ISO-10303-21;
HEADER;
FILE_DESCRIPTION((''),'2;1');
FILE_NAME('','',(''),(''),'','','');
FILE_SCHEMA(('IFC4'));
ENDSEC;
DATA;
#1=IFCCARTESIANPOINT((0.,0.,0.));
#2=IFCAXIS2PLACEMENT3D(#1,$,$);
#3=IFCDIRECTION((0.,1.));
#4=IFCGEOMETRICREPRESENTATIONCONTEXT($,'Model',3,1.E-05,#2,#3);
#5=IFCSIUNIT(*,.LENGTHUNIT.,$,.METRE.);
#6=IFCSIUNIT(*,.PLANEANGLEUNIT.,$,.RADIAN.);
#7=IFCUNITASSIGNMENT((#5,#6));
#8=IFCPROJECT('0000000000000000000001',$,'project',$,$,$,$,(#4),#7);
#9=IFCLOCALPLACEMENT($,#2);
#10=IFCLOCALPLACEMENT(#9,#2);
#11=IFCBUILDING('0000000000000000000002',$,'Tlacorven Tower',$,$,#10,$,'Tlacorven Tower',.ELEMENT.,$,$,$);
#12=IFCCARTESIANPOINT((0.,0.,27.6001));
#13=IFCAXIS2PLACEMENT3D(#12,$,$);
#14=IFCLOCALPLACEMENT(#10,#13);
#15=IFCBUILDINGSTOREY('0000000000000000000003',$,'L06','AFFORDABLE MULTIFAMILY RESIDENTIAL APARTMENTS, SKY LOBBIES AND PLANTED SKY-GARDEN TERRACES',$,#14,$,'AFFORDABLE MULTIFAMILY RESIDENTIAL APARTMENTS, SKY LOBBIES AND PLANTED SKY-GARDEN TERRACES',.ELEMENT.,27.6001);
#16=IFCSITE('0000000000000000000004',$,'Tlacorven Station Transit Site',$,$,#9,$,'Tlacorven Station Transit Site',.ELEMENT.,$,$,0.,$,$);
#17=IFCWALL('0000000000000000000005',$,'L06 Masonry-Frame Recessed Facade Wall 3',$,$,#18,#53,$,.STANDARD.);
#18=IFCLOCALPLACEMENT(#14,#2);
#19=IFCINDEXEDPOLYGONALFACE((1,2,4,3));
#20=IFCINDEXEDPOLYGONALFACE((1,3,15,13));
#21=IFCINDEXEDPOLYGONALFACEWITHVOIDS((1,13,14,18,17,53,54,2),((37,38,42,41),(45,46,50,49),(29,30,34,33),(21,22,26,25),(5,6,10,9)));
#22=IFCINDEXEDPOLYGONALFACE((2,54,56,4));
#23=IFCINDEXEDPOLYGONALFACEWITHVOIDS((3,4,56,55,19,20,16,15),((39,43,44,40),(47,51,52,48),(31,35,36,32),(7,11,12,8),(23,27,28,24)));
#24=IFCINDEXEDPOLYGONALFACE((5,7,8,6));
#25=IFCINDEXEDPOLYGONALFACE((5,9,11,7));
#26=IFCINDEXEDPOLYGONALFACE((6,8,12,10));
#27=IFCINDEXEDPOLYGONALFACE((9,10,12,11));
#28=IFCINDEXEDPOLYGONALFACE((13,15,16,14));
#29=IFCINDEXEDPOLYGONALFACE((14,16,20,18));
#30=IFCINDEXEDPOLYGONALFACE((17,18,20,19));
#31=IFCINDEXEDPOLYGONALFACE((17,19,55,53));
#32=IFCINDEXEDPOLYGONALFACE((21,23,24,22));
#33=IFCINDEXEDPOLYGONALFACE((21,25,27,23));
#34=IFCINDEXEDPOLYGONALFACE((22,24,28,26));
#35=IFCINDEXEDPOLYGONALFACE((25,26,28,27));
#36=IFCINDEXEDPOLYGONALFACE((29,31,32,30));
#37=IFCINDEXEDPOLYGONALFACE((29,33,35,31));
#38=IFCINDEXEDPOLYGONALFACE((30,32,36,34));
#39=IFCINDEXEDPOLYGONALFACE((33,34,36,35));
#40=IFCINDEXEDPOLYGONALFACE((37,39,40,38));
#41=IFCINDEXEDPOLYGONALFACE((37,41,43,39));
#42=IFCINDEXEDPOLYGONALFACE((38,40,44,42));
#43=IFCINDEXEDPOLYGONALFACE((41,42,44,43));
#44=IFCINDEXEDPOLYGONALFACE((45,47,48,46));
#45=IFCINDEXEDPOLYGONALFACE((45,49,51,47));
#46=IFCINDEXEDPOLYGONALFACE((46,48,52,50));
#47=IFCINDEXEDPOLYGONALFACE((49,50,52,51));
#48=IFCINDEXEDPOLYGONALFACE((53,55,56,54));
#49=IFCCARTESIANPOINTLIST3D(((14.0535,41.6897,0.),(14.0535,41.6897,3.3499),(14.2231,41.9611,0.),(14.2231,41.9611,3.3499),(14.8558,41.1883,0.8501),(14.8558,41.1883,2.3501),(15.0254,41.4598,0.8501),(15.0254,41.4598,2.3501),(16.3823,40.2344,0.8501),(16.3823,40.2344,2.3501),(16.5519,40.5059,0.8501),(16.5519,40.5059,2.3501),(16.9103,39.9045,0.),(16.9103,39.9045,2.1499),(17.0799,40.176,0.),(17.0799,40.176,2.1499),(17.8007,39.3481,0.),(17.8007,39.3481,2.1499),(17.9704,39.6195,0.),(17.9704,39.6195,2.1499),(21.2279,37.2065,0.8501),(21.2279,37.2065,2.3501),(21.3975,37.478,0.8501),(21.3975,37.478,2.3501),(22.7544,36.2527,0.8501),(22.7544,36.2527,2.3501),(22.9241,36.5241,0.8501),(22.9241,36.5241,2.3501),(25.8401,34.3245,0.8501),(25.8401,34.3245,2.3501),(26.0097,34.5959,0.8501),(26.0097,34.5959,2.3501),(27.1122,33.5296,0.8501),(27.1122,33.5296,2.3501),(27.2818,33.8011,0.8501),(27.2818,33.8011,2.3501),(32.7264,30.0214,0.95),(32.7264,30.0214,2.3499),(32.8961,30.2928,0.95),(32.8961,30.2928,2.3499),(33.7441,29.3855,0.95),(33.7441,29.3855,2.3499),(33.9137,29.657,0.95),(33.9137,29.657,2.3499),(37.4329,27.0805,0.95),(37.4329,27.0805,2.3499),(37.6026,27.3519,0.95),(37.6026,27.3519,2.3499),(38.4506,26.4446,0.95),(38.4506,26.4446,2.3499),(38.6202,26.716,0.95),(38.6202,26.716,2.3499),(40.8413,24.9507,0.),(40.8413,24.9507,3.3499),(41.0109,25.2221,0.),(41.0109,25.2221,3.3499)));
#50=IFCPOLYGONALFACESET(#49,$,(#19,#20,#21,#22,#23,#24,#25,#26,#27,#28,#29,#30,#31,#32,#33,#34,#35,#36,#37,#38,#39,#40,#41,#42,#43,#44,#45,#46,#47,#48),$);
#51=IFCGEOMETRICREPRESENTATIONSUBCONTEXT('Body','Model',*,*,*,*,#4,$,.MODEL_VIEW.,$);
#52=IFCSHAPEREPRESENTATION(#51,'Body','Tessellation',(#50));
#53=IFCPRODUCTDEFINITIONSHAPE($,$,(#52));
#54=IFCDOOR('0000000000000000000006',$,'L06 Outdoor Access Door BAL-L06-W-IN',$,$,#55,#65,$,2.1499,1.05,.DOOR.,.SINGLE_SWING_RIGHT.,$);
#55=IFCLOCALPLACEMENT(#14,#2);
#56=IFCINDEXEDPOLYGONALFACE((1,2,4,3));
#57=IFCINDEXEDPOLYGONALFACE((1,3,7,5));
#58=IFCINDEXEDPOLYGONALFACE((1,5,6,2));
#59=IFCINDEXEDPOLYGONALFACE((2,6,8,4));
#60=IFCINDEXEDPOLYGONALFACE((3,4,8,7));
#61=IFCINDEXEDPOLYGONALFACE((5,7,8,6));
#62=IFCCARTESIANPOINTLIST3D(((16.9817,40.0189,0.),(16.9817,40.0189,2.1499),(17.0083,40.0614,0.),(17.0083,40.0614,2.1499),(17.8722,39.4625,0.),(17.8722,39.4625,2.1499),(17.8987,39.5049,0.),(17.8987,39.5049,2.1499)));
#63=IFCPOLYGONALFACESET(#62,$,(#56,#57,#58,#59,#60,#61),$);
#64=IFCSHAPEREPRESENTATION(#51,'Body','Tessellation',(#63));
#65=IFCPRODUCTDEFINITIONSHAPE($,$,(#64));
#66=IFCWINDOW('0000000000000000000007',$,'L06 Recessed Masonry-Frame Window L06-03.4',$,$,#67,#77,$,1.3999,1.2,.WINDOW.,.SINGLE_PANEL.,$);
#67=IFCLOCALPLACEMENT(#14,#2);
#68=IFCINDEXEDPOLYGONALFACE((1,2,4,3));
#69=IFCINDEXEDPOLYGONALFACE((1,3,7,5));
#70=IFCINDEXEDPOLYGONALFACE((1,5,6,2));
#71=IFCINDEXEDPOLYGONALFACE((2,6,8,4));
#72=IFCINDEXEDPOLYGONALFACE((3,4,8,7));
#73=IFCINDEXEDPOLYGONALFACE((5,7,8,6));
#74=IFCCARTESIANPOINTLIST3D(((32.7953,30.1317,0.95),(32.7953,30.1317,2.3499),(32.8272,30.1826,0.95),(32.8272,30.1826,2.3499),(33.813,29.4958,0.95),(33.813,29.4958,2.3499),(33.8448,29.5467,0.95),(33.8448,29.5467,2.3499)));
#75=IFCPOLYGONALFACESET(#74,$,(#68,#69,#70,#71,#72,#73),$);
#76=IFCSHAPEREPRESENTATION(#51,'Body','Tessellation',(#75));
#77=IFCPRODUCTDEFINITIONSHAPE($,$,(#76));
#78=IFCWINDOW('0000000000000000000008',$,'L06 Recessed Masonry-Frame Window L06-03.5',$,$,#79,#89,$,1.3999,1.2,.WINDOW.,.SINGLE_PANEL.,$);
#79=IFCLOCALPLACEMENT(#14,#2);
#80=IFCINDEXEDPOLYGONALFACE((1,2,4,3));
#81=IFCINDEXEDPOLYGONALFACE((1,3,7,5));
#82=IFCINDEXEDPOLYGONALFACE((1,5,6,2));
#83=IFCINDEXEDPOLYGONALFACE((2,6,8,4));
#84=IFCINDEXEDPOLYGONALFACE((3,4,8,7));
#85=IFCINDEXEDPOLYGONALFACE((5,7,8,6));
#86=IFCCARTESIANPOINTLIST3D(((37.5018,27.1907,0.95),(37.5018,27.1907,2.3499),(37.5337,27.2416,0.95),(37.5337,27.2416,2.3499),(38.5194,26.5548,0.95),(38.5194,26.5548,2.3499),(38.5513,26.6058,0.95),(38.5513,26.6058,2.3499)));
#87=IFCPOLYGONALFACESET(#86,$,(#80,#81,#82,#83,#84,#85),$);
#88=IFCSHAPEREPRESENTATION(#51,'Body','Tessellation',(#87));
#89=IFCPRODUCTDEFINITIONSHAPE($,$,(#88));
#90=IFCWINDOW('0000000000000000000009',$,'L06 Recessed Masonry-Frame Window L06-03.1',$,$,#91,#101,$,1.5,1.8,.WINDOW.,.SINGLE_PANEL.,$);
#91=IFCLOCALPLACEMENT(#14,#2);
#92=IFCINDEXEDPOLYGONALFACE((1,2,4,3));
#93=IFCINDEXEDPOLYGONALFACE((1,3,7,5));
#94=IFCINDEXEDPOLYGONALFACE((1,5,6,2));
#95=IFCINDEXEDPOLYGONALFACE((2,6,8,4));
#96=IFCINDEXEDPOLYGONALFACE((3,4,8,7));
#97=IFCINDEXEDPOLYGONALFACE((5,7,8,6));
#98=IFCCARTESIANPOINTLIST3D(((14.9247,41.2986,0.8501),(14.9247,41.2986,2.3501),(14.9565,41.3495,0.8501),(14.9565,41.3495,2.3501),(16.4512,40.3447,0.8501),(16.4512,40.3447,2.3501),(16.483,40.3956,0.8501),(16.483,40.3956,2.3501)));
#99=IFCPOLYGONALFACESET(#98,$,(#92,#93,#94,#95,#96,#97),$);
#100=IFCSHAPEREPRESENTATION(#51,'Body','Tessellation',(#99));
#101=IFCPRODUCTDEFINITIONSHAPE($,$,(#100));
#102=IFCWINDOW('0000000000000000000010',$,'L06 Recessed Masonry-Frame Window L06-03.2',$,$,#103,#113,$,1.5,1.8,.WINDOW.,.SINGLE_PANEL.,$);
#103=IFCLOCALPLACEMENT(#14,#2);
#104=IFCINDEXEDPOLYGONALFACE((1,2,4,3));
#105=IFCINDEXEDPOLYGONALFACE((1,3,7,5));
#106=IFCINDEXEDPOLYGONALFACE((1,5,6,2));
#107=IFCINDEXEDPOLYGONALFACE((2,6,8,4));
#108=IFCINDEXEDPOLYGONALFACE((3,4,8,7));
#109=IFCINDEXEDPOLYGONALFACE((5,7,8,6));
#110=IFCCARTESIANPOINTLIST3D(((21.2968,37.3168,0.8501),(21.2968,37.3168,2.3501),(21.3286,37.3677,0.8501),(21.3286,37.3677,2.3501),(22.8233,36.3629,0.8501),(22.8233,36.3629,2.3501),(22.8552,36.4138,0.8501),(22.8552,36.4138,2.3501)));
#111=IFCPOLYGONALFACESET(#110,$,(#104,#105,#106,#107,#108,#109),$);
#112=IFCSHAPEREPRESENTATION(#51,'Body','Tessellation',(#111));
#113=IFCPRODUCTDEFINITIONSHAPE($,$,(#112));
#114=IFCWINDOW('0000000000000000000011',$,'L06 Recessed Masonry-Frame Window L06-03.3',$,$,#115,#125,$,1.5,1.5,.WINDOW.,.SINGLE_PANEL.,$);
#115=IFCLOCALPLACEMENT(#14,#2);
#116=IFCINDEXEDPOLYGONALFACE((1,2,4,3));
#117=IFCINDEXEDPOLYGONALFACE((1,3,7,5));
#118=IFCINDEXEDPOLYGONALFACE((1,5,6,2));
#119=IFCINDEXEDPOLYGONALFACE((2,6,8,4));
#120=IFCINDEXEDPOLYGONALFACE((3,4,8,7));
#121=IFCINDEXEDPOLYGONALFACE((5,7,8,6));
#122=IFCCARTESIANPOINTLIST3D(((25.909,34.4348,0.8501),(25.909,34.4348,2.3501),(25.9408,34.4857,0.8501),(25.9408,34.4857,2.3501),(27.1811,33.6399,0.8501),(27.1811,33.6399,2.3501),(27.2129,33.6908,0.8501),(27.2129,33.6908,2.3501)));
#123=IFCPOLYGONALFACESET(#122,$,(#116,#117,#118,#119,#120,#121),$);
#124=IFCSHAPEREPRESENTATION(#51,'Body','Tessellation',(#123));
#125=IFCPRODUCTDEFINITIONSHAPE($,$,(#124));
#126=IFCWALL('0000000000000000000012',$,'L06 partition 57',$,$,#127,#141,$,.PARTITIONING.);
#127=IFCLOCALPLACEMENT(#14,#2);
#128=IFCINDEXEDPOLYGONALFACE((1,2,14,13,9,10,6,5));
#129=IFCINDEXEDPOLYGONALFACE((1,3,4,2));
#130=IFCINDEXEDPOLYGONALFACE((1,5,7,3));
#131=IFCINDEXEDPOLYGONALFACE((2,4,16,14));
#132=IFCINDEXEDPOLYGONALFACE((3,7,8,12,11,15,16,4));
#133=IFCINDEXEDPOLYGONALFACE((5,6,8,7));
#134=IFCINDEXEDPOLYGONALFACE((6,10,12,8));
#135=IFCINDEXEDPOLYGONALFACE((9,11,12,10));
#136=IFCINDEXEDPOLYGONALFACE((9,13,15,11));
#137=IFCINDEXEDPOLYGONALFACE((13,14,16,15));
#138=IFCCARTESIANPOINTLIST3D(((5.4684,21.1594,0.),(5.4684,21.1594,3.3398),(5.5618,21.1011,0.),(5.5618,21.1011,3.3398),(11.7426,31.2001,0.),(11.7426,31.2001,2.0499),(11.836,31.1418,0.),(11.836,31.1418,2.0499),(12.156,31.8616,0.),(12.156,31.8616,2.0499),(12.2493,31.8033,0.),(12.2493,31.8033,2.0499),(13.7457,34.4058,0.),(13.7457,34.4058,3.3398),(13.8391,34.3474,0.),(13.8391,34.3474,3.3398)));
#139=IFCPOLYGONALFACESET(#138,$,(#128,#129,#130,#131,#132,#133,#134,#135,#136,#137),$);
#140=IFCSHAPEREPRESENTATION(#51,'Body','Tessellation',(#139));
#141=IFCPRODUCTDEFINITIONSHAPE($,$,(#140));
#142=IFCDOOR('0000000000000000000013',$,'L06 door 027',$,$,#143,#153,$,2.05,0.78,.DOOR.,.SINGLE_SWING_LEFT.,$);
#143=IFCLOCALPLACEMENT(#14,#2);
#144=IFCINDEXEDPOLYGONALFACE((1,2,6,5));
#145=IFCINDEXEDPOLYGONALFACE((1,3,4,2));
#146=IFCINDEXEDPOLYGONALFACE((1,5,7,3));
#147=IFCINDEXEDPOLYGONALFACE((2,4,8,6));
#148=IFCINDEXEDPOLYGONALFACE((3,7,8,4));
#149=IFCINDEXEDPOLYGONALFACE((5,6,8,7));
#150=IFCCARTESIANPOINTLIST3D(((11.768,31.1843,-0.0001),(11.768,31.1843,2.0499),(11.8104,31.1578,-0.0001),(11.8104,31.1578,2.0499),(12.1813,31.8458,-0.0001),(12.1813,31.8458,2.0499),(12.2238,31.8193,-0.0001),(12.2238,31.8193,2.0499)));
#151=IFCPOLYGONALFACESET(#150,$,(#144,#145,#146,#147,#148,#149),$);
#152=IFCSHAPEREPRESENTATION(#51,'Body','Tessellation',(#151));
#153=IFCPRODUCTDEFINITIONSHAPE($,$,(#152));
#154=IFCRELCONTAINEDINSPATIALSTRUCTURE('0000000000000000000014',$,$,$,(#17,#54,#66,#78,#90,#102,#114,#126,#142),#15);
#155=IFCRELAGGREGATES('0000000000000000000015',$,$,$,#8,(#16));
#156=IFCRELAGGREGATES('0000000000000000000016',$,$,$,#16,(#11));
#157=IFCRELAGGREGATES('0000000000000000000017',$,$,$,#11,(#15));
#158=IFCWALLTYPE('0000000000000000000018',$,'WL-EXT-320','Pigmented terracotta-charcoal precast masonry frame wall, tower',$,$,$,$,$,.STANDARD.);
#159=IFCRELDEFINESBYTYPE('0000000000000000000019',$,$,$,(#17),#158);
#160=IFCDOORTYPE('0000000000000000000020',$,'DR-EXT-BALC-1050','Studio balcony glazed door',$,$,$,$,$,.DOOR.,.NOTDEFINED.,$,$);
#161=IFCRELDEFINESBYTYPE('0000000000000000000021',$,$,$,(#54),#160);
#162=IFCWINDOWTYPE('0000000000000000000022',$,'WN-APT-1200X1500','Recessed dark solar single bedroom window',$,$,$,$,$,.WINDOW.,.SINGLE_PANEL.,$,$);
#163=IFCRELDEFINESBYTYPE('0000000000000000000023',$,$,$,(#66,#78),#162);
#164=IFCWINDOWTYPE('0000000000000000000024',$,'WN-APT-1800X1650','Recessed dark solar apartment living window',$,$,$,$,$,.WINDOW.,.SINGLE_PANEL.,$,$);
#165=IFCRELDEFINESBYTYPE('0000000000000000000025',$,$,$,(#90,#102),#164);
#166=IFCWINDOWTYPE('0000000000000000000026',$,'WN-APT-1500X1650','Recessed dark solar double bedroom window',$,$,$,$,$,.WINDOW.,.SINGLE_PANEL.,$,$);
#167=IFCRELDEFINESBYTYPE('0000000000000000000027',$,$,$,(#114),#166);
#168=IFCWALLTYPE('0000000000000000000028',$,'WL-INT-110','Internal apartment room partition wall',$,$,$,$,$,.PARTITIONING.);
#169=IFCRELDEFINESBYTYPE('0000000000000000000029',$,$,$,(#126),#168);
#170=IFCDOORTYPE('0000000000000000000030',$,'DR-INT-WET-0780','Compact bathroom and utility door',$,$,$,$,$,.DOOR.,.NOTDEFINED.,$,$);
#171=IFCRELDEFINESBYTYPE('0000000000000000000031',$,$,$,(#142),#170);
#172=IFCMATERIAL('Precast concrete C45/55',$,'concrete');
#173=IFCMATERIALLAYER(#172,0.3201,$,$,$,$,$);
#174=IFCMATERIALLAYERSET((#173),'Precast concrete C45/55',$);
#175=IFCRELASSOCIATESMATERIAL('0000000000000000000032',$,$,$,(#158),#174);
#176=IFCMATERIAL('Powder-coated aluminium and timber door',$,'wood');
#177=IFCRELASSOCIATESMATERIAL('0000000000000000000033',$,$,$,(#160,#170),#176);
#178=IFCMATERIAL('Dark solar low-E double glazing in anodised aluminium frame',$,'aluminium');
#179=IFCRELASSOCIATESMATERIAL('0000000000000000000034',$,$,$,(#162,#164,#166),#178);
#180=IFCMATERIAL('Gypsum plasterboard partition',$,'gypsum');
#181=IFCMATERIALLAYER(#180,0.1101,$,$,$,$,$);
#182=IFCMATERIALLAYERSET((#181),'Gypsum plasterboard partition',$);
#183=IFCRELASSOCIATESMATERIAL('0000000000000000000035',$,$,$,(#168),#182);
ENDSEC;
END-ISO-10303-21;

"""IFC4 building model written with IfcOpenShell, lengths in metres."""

from ifc_helpers import new_model, si_unit, direction, frame, frame_2d, origin, place, context, subcontext, project, spatial, rectangle, extrude, source, transform, mapped, material, layer, layer_set, type_object, element, fill, save


model = new_model("IFC4")

# Units and contexts
model_context = context("Model", 3, precision=1e-05, world=origin(), true_north=direction((0.0, 1.0)))
body_context = subcontext(model_context, "Body", "Model", "MODEL_VIEW")
ifc_project = project(units=[si_unit("LENGTHUNIT", "METRE"), si_unit("PLANEANGLEUNIT", "RADIAN")], contexts=[model_context])

# Site, building, storey
site_placement = place(None, origin())
site = spatial("IfcSite", under=ifc_project, at=site_placement, Name="Tlacorven Station Transit Site", LongName="Tlacorven Station Transit Site", CompositionType="ELEMENT", RefElevation=0.0)
building_placement = place(site_placement, origin())
building = spatial("IfcBuilding", under=site, at=building_placement, Name="Tlacorven Tower", LongName="Tlacorven Tower", CompositionType="ELEMENT")
storey_placement = place(building_placement, frame((0.0, 0.0, 27.6001)))
storey = spatial("IfcBuildingStorey", under=building, at=storey_placement, Name="L06", Description="AFFORDABLE MULTIFAMILY RESIDENTIAL APARTMENTS, SKY LOBBIES AND PLANTED SKY-GARDEN TERRACES", LongName="AFFORDABLE MULTIFAMILY RESIDENTIAL APARTMENTS, SKY LOBBIES AND PLANTED SKY-GARDEN TERRACES", CompositionType="ELEMENT", Elevation=27.6001)

# Wall, openings, door, windows
ifc_material_1 = material(Name="Precast concrete C45/55", Category="concrete")
ifc_layer_1 = layer(ifc_material_1, 0.3201)
ifc_layer_set_1 = layer_set([ifc_layer_1], Name="Precast concrete C45/55")
wall_type_1 = type_object("IfcWallType", Name="WL-EXT-320", Description="Pigmented terracotta-charcoal precast masonry frame wall, tower", PredefinedType="STANDARD", material=ifc_layer_set_1)
wall_1_placement = place(storey_placement, frame((14.1382, 41.8254, 0.0), z_axis=(0.0, 0.0, 1.0), x_axis=(0.848046, -0.529922, 0.0)))
wall_1 = element("IfcWall", 1, at=wall_1_placement, inside=storey, type_object=wall_type_1, Name="L06 Masonry-Frame Recessed Facade Wall 3", PredefinedType="STANDARD", context=body_context, shape_type="SweptSolid", body=[
    extrude(rectangle(XDim=31.5876, YDim=0.3201, at=frame_2d((15.7939, 0.0))), origin(), (0.0, 0.0, 1.0), 3.3499),
])
opening_1_placement = place(wall_1_placement, frame((3.3689, 0.0, 0.0)))
opening_1 = element("IfcOpeningElement", 2, at=opening_1_placement, cuts=wall_1, PredefinedType="OPENING", context=body_context, shape_type="SweptSolid", body=[
    extrude(rectangle(XDim=1.05, YDim=2.1499, at=frame_2d((0.5249, 1.075))), frame((0.0, 0.1699, 0.0), z_axis=(0.0, -1.0, 0.0), x_axis=(1.0, 0.0, 0.0)), (0.0, 0.0, 1.0), 0.3401),
])
opening_2_placement = place(wall_1_placement, frame((0.9463, 0.0, 0.8501)))
opening_2 = element("IfcOpeningElement", 3, at=opening_2_placement, cuts=wall_1, PredefinedType="OPENING", context=body_context, shape_type="SweptSolid", body=[
    extrude(rectangle(XDim=1.8, YDim=1.5, at=frame_2d((0.8999, 0.75))), frame((0.0, 0.1699, 0.0), z_axis=(0.0, -1.0, 0.0), x_axis=(1.0, 0.0, 0.0)), (0.0, 0.0, 1.0), 0.3401),
])
opening_3_placement = place(wall_1_placement, frame((8.4602, 0.0, 0.8501)))
opening_3 = element("IfcOpeningElement", 4, at=opening_3_placement, cuts=wall_1, PredefinedType="OPENING", context=body_context, shape_type="SweptSolid", body=[
    extrude(rectangle(XDim=1.8, YDim=1.5, at=frame_2d((0.8999, 0.75))), frame((0.0, 0.1699, 0.0), z_axis=(0.0, -1.0, 0.0), x_axis=(1.0, 0.0, 0.0)), (0.0, 0.0, 1.0), 0.3401),
])
opening_4_placement = place(wall_1_placement, frame((13.8987, 0.0, 0.8501)))
opening_4 = element("IfcOpeningElement", 5, at=opening_4_placement, cuts=wall_1, PredefinedType="OPENING", context=body_context, shape_type="SweptSolid", body=[
    extrude(rectangle(XDim=1.5, YDim=1.5, at=frame_2d((0.75, 0.75))), frame((0.0, 0.1699, 0.0), z_axis=(0.0, -1.0, 0.0), x_axis=(1.0, 0.0, 0.0)), (0.0, 0.0, 1.0), 0.3401),
])
opening_5_placement = place(wall_1_placement, frame((22.0188, 0.0, 0.95)))
opening_5 = element("IfcOpeningElement", 6, at=opening_5_placement, cuts=wall_1, PredefinedType="OPENING", context=body_context, shape_type="SweptSolid", body=[
    extrude(rectangle(XDim=1.2, YDim=1.3999, at=frame_2d((0.6001, 0.7))), frame((0.0, 0.1699, 0.0), z_axis=(0.0, -1.0, 0.0), x_axis=(1.0, 0.0, 0.0)), (0.0, 0.0, 1.0), 0.3401),
])
opening_6_placement = place(wall_1_placement, frame((27.5686, 0.0, 0.95)))
opening_6 = element("IfcOpeningElement", 7, at=opening_6_placement, cuts=wall_1, PredefinedType="OPENING", context=body_context, shape_type="SweptSolid", body=[
    extrude(rectangle(XDim=1.2, YDim=1.3999, at=frame_2d((0.6001, 0.7))), frame((0.0, 0.1699, 0.0), z_axis=(0.0, -1.0, 0.0), x_axis=(1.0, 0.0, 0.0)), (0.0, 0.0, 1.0), 0.3401),
])
ifc_material_2 = material(Name="Powder-coated aluminium and timber door", Category="wood")
door_type_1 = type_object("IfcDoorType", Name="DR-EXT-BALC-1050", Description="Studio balcony glazed door", OperationType="NOTDEFINED", PredefinedType="DOOR", material=ifc_material_2)
shared_shape_1 = source(origin(), body_context, "Body", "SweptSolid", [
    extrude(rectangle(XDim=1.05, YDim=2.1499, at=frame_2d((0.5249, 1.075))), frame((0.0, 0.0249, 0.0), z_axis=(0.0, -1.0, 0.0), x_axis=(1.0, 0.0, 0.0)), (0.0, 0.0, 1.0), 0.05),
])
door_1_placement = place(opening_1_placement, origin())
door_1 = element("IfcDoor", 8, at=door_1_placement, inside=storey, type_object=door_type_1, Name="L06 Outdoor Access Door BAL-L06-W-IN", OperationType="SINGLE_SWING_RIGHT", OverallHeight=2.1499, OverallWidth=1.05, PredefinedType="DOOR", context=body_context, shape_type="MappedRepresentation", body=[
    mapped(shared_shape_1, transform((0.0, 0.0, 0.0), scale=1.0)),
])
fill(opening_1, door_1)
ifc_material_3 = material(Name="Dark solar low-E double glazing in anodised aluminium frame", Category="aluminium")
window_type_1 = type_object("IfcWindowType", Name="WN-APT-1200X1500", Description="Recessed dark solar single bedroom window", PartitioningType="SINGLE_PANEL", PredefinedType="WINDOW", material=ifc_material_3)
shared_shape_2 = source(origin(), body_context, "Body", "SweptSolid", [
    extrude(rectangle(XDim=1.2, YDim=1.3999, at=frame_2d((0.6001, 0.7))), frame((0.0, 0.03, 0.0), z_axis=(0.0, -1.0, 0.0), x_axis=(1.0, 0.0, 0.0)), (0.0, 0.0, 1.0), 0.0601),
])
window_1_placement = place(opening_5_placement, origin())
window_1 = element("IfcWindow", 9, at=window_1_placement, inside=storey, type_object=window_type_1, Name="L06 Recessed Masonry-Frame Window L06-03.4", OverallHeight=1.3999, OverallWidth=1.2, PartitioningType="SINGLE_PANEL", PredefinedType="WINDOW", context=body_context, shape_type="MappedRepresentation", body=[
    mapped(shared_shape_2, transform((0.0, 0.0, 0.0), scale=1.0)),
])
fill(opening_5, window_1)
window_2_placement = place(opening_6_placement, origin())
window_2 = element("IfcWindow", 10, at=window_2_placement, inside=storey, type_object=window_type_1, Name="L06 Recessed Masonry-Frame Window L06-03.5", OverallHeight=1.3999, OverallWidth=1.2, PartitioningType="SINGLE_PANEL", PredefinedType="WINDOW", context=body_context, shape_type="MappedRepresentation", body=[
    mapped(shared_shape_2, transform((0.0, 0.0, 0.0), scale=1.0)),
])
fill(opening_6, window_2)
window_type_2 = type_object("IfcWindowType", Name="WN-APT-1800X1650", Description="Recessed dark solar apartment living window", PartitioningType="SINGLE_PANEL", PredefinedType="WINDOW", material=ifc_material_3)
shared_shape_3 = source(origin(), body_context, "Body", "SweptSolid", [
    extrude(rectangle(XDim=1.8, YDim=1.5, at=frame_2d((0.8999, 0.75))), frame((0.0, 0.03, 0.0), z_axis=(0.0, -1.0, 0.0), x_axis=(1.0, 0.0, 0.0)), (0.0, 0.0, 1.0), 0.0601),
])
window_3_placement = place(opening_2_placement, origin())
window_3 = element("IfcWindow", 11, at=window_3_placement, inside=storey, type_object=window_type_2, Name="L06 Recessed Masonry-Frame Window L06-03.1", OverallHeight=1.5, OverallWidth=1.8, PartitioningType="SINGLE_PANEL", PredefinedType="WINDOW", context=body_context, shape_type="MappedRepresentation", body=[
    mapped(shared_shape_3, transform((0.0, 0.0, 0.0), scale=1.0)),
])
fill(opening_2, window_3)
window_4_placement = place(opening_3_placement, origin())
window_4 = element("IfcWindow", 12, at=window_4_placement, inside=storey, type_object=window_type_2, Name="L06 Recessed Masonry-Frame Window L06-03.2", OverallHeight=1.5, OverallWidth=1.8, PartitioningType="SINGLE_PANEL", PredefinedType="WINDOW", context=body_context, shape_type="MappedRepresentation", body=[
    mapped(shared_shape_3, transform((0.0, 0.0, 0.0), scale=1.0)),
])
fill(opening_3, window_4)
window_type_3 = type_object("IfcWindowType", Name="WN-APT-1500X1650", Description="Recessed dark solar double bedroom window", PartitioningType="SINGLE_PANEL", PredefinedType="WINDOW", material=ifc_material_3)
shared_shape_4 = source(origin(), body_context, "Body", "SweptSolid", [
    extrude(rectangle(XDim=1.5, YDim=1.5, at=frame_2d((0.75, 0.75))), frame((0.0, 0.03, 0.0), z_axis=(0.0, -1.0, 0.0), x_axis=(1.0, 0.0, 0.0)), (0.0, 0.0, 1.0), 0.0601),
])
window_5_placement = place(opening_4_placement, origin())
window_5 = element("IfcWindow", 13, at=window_5_placement, inside=storey, type_object=window_type_3, Name="L06 Recessed Masonry-Frame Window L06-03.3", OverallHeight=1.5, OverallWidth=1.5, PartitioningType="SINGLE_PANEL", PredefinedType="WINDOW", context=body_context, shape_type="MappedRepresentation", body=[
    mapped(shared_shape_4, transform((0.0, 0.0, 0.0), scale=1.0)),
])
fill(opening_4, window_5)

# Wall, opening, door
ifc_material_4 = material(Name="Gypsum plasterboard partition", Category="gypsum")
ifc_layer_2 = layer(ifc_material_4, 0.1101)
ifc_layer_set_2 = layer_set([ifc_layer_2], Name="Gypsum plasterboard partition")
wall_type_2 = type_object("IfcWallType", Name="WL-INT-110", Description="Internal apartment room partition wall", PredefinedType="PARTITIONING", material=ifc_layer_set_2)
wall_2_placement = place(storey_placement, frame((13.7925, 34.3767, 0.0), z_axis=(0.0, 0.0, 1.0), x_axis=(-0.529924, -0.848045, 0.0)))
wall_2 = element("IfcWall", 14, at=wall_2_placement, inside=storey, type_object=wall_type_2, Name="L06 partition 57", PredefinedType="PARTITIONING", context=body_context, shape_type="SweptSolid", body=[
    extrude(rectangle(XDim=15.6199, YDim=0.1101, at=frame_2d((7.8101, 0.0))), origin(), (0.0, 0.0, 1.0), 3.3398),
])
opening_7_placement = place(wall_2_placement, frame((3.0, 0.0, 0.0)))
opening_7 = element("IfcOpeningElement", 15, at=opening_7_placement, cuts=wall_2, PredefinedType="OPENING", context=body_context, shape_type="SweptSolid", body=[
    extrude(rectangle(XDim=0.78, YDim=2.05, at=frame_2d((0.3901, 1.0249))), frame((0.0, 0.0649, 0.0), z_axis=(0.0, -1.0, 0.0), x_axis=(1.0, 0.0, 0.0)), (0.0, 0.0, 1.0), 0.1301),
])
door_type_2 = type_object("IfcDoorType", Name="DR-INT-WET-0780", Description="Compact bathroom and utility door", OperationType="NOTDEFINED", PredefinedType="DOOR", material=ifc_material_2)
shared_shape_5 = source(origin(), body_context, "Body", "SweptSolid", [
    extrude(rectangle(XDim=0.78, YDim=2.05, at=frame_2d((0.3901, 1.0249))), frame((0.0, 0.0249, 0.0), z_axis=(0.0, -1.0, 0.0), x_axis=(1.0, 0.0, 0.0)), (0.0, 0.0, 1.0), 0.05),
])
door_2_placement = place(opening_7_placement, origin())
door_2 = element("IfcDoor", 16, at=door_2_placement, inside=storey, type_object=door_type_2, Name="L06 door 027", OperationType="SINGLE_SWING_LEFT", OverallHeight=2.05, OverallWidth=0.78, PredefinedType="DOOR", context=body_context, shape_type="MappedRepresentation", body=[
    mapped(shared_shape_5, transform((0.0, 0.0, 0.0), scale=1.0)),
])
fill(opening_7, door_2)

save(model, "model.ifc")
